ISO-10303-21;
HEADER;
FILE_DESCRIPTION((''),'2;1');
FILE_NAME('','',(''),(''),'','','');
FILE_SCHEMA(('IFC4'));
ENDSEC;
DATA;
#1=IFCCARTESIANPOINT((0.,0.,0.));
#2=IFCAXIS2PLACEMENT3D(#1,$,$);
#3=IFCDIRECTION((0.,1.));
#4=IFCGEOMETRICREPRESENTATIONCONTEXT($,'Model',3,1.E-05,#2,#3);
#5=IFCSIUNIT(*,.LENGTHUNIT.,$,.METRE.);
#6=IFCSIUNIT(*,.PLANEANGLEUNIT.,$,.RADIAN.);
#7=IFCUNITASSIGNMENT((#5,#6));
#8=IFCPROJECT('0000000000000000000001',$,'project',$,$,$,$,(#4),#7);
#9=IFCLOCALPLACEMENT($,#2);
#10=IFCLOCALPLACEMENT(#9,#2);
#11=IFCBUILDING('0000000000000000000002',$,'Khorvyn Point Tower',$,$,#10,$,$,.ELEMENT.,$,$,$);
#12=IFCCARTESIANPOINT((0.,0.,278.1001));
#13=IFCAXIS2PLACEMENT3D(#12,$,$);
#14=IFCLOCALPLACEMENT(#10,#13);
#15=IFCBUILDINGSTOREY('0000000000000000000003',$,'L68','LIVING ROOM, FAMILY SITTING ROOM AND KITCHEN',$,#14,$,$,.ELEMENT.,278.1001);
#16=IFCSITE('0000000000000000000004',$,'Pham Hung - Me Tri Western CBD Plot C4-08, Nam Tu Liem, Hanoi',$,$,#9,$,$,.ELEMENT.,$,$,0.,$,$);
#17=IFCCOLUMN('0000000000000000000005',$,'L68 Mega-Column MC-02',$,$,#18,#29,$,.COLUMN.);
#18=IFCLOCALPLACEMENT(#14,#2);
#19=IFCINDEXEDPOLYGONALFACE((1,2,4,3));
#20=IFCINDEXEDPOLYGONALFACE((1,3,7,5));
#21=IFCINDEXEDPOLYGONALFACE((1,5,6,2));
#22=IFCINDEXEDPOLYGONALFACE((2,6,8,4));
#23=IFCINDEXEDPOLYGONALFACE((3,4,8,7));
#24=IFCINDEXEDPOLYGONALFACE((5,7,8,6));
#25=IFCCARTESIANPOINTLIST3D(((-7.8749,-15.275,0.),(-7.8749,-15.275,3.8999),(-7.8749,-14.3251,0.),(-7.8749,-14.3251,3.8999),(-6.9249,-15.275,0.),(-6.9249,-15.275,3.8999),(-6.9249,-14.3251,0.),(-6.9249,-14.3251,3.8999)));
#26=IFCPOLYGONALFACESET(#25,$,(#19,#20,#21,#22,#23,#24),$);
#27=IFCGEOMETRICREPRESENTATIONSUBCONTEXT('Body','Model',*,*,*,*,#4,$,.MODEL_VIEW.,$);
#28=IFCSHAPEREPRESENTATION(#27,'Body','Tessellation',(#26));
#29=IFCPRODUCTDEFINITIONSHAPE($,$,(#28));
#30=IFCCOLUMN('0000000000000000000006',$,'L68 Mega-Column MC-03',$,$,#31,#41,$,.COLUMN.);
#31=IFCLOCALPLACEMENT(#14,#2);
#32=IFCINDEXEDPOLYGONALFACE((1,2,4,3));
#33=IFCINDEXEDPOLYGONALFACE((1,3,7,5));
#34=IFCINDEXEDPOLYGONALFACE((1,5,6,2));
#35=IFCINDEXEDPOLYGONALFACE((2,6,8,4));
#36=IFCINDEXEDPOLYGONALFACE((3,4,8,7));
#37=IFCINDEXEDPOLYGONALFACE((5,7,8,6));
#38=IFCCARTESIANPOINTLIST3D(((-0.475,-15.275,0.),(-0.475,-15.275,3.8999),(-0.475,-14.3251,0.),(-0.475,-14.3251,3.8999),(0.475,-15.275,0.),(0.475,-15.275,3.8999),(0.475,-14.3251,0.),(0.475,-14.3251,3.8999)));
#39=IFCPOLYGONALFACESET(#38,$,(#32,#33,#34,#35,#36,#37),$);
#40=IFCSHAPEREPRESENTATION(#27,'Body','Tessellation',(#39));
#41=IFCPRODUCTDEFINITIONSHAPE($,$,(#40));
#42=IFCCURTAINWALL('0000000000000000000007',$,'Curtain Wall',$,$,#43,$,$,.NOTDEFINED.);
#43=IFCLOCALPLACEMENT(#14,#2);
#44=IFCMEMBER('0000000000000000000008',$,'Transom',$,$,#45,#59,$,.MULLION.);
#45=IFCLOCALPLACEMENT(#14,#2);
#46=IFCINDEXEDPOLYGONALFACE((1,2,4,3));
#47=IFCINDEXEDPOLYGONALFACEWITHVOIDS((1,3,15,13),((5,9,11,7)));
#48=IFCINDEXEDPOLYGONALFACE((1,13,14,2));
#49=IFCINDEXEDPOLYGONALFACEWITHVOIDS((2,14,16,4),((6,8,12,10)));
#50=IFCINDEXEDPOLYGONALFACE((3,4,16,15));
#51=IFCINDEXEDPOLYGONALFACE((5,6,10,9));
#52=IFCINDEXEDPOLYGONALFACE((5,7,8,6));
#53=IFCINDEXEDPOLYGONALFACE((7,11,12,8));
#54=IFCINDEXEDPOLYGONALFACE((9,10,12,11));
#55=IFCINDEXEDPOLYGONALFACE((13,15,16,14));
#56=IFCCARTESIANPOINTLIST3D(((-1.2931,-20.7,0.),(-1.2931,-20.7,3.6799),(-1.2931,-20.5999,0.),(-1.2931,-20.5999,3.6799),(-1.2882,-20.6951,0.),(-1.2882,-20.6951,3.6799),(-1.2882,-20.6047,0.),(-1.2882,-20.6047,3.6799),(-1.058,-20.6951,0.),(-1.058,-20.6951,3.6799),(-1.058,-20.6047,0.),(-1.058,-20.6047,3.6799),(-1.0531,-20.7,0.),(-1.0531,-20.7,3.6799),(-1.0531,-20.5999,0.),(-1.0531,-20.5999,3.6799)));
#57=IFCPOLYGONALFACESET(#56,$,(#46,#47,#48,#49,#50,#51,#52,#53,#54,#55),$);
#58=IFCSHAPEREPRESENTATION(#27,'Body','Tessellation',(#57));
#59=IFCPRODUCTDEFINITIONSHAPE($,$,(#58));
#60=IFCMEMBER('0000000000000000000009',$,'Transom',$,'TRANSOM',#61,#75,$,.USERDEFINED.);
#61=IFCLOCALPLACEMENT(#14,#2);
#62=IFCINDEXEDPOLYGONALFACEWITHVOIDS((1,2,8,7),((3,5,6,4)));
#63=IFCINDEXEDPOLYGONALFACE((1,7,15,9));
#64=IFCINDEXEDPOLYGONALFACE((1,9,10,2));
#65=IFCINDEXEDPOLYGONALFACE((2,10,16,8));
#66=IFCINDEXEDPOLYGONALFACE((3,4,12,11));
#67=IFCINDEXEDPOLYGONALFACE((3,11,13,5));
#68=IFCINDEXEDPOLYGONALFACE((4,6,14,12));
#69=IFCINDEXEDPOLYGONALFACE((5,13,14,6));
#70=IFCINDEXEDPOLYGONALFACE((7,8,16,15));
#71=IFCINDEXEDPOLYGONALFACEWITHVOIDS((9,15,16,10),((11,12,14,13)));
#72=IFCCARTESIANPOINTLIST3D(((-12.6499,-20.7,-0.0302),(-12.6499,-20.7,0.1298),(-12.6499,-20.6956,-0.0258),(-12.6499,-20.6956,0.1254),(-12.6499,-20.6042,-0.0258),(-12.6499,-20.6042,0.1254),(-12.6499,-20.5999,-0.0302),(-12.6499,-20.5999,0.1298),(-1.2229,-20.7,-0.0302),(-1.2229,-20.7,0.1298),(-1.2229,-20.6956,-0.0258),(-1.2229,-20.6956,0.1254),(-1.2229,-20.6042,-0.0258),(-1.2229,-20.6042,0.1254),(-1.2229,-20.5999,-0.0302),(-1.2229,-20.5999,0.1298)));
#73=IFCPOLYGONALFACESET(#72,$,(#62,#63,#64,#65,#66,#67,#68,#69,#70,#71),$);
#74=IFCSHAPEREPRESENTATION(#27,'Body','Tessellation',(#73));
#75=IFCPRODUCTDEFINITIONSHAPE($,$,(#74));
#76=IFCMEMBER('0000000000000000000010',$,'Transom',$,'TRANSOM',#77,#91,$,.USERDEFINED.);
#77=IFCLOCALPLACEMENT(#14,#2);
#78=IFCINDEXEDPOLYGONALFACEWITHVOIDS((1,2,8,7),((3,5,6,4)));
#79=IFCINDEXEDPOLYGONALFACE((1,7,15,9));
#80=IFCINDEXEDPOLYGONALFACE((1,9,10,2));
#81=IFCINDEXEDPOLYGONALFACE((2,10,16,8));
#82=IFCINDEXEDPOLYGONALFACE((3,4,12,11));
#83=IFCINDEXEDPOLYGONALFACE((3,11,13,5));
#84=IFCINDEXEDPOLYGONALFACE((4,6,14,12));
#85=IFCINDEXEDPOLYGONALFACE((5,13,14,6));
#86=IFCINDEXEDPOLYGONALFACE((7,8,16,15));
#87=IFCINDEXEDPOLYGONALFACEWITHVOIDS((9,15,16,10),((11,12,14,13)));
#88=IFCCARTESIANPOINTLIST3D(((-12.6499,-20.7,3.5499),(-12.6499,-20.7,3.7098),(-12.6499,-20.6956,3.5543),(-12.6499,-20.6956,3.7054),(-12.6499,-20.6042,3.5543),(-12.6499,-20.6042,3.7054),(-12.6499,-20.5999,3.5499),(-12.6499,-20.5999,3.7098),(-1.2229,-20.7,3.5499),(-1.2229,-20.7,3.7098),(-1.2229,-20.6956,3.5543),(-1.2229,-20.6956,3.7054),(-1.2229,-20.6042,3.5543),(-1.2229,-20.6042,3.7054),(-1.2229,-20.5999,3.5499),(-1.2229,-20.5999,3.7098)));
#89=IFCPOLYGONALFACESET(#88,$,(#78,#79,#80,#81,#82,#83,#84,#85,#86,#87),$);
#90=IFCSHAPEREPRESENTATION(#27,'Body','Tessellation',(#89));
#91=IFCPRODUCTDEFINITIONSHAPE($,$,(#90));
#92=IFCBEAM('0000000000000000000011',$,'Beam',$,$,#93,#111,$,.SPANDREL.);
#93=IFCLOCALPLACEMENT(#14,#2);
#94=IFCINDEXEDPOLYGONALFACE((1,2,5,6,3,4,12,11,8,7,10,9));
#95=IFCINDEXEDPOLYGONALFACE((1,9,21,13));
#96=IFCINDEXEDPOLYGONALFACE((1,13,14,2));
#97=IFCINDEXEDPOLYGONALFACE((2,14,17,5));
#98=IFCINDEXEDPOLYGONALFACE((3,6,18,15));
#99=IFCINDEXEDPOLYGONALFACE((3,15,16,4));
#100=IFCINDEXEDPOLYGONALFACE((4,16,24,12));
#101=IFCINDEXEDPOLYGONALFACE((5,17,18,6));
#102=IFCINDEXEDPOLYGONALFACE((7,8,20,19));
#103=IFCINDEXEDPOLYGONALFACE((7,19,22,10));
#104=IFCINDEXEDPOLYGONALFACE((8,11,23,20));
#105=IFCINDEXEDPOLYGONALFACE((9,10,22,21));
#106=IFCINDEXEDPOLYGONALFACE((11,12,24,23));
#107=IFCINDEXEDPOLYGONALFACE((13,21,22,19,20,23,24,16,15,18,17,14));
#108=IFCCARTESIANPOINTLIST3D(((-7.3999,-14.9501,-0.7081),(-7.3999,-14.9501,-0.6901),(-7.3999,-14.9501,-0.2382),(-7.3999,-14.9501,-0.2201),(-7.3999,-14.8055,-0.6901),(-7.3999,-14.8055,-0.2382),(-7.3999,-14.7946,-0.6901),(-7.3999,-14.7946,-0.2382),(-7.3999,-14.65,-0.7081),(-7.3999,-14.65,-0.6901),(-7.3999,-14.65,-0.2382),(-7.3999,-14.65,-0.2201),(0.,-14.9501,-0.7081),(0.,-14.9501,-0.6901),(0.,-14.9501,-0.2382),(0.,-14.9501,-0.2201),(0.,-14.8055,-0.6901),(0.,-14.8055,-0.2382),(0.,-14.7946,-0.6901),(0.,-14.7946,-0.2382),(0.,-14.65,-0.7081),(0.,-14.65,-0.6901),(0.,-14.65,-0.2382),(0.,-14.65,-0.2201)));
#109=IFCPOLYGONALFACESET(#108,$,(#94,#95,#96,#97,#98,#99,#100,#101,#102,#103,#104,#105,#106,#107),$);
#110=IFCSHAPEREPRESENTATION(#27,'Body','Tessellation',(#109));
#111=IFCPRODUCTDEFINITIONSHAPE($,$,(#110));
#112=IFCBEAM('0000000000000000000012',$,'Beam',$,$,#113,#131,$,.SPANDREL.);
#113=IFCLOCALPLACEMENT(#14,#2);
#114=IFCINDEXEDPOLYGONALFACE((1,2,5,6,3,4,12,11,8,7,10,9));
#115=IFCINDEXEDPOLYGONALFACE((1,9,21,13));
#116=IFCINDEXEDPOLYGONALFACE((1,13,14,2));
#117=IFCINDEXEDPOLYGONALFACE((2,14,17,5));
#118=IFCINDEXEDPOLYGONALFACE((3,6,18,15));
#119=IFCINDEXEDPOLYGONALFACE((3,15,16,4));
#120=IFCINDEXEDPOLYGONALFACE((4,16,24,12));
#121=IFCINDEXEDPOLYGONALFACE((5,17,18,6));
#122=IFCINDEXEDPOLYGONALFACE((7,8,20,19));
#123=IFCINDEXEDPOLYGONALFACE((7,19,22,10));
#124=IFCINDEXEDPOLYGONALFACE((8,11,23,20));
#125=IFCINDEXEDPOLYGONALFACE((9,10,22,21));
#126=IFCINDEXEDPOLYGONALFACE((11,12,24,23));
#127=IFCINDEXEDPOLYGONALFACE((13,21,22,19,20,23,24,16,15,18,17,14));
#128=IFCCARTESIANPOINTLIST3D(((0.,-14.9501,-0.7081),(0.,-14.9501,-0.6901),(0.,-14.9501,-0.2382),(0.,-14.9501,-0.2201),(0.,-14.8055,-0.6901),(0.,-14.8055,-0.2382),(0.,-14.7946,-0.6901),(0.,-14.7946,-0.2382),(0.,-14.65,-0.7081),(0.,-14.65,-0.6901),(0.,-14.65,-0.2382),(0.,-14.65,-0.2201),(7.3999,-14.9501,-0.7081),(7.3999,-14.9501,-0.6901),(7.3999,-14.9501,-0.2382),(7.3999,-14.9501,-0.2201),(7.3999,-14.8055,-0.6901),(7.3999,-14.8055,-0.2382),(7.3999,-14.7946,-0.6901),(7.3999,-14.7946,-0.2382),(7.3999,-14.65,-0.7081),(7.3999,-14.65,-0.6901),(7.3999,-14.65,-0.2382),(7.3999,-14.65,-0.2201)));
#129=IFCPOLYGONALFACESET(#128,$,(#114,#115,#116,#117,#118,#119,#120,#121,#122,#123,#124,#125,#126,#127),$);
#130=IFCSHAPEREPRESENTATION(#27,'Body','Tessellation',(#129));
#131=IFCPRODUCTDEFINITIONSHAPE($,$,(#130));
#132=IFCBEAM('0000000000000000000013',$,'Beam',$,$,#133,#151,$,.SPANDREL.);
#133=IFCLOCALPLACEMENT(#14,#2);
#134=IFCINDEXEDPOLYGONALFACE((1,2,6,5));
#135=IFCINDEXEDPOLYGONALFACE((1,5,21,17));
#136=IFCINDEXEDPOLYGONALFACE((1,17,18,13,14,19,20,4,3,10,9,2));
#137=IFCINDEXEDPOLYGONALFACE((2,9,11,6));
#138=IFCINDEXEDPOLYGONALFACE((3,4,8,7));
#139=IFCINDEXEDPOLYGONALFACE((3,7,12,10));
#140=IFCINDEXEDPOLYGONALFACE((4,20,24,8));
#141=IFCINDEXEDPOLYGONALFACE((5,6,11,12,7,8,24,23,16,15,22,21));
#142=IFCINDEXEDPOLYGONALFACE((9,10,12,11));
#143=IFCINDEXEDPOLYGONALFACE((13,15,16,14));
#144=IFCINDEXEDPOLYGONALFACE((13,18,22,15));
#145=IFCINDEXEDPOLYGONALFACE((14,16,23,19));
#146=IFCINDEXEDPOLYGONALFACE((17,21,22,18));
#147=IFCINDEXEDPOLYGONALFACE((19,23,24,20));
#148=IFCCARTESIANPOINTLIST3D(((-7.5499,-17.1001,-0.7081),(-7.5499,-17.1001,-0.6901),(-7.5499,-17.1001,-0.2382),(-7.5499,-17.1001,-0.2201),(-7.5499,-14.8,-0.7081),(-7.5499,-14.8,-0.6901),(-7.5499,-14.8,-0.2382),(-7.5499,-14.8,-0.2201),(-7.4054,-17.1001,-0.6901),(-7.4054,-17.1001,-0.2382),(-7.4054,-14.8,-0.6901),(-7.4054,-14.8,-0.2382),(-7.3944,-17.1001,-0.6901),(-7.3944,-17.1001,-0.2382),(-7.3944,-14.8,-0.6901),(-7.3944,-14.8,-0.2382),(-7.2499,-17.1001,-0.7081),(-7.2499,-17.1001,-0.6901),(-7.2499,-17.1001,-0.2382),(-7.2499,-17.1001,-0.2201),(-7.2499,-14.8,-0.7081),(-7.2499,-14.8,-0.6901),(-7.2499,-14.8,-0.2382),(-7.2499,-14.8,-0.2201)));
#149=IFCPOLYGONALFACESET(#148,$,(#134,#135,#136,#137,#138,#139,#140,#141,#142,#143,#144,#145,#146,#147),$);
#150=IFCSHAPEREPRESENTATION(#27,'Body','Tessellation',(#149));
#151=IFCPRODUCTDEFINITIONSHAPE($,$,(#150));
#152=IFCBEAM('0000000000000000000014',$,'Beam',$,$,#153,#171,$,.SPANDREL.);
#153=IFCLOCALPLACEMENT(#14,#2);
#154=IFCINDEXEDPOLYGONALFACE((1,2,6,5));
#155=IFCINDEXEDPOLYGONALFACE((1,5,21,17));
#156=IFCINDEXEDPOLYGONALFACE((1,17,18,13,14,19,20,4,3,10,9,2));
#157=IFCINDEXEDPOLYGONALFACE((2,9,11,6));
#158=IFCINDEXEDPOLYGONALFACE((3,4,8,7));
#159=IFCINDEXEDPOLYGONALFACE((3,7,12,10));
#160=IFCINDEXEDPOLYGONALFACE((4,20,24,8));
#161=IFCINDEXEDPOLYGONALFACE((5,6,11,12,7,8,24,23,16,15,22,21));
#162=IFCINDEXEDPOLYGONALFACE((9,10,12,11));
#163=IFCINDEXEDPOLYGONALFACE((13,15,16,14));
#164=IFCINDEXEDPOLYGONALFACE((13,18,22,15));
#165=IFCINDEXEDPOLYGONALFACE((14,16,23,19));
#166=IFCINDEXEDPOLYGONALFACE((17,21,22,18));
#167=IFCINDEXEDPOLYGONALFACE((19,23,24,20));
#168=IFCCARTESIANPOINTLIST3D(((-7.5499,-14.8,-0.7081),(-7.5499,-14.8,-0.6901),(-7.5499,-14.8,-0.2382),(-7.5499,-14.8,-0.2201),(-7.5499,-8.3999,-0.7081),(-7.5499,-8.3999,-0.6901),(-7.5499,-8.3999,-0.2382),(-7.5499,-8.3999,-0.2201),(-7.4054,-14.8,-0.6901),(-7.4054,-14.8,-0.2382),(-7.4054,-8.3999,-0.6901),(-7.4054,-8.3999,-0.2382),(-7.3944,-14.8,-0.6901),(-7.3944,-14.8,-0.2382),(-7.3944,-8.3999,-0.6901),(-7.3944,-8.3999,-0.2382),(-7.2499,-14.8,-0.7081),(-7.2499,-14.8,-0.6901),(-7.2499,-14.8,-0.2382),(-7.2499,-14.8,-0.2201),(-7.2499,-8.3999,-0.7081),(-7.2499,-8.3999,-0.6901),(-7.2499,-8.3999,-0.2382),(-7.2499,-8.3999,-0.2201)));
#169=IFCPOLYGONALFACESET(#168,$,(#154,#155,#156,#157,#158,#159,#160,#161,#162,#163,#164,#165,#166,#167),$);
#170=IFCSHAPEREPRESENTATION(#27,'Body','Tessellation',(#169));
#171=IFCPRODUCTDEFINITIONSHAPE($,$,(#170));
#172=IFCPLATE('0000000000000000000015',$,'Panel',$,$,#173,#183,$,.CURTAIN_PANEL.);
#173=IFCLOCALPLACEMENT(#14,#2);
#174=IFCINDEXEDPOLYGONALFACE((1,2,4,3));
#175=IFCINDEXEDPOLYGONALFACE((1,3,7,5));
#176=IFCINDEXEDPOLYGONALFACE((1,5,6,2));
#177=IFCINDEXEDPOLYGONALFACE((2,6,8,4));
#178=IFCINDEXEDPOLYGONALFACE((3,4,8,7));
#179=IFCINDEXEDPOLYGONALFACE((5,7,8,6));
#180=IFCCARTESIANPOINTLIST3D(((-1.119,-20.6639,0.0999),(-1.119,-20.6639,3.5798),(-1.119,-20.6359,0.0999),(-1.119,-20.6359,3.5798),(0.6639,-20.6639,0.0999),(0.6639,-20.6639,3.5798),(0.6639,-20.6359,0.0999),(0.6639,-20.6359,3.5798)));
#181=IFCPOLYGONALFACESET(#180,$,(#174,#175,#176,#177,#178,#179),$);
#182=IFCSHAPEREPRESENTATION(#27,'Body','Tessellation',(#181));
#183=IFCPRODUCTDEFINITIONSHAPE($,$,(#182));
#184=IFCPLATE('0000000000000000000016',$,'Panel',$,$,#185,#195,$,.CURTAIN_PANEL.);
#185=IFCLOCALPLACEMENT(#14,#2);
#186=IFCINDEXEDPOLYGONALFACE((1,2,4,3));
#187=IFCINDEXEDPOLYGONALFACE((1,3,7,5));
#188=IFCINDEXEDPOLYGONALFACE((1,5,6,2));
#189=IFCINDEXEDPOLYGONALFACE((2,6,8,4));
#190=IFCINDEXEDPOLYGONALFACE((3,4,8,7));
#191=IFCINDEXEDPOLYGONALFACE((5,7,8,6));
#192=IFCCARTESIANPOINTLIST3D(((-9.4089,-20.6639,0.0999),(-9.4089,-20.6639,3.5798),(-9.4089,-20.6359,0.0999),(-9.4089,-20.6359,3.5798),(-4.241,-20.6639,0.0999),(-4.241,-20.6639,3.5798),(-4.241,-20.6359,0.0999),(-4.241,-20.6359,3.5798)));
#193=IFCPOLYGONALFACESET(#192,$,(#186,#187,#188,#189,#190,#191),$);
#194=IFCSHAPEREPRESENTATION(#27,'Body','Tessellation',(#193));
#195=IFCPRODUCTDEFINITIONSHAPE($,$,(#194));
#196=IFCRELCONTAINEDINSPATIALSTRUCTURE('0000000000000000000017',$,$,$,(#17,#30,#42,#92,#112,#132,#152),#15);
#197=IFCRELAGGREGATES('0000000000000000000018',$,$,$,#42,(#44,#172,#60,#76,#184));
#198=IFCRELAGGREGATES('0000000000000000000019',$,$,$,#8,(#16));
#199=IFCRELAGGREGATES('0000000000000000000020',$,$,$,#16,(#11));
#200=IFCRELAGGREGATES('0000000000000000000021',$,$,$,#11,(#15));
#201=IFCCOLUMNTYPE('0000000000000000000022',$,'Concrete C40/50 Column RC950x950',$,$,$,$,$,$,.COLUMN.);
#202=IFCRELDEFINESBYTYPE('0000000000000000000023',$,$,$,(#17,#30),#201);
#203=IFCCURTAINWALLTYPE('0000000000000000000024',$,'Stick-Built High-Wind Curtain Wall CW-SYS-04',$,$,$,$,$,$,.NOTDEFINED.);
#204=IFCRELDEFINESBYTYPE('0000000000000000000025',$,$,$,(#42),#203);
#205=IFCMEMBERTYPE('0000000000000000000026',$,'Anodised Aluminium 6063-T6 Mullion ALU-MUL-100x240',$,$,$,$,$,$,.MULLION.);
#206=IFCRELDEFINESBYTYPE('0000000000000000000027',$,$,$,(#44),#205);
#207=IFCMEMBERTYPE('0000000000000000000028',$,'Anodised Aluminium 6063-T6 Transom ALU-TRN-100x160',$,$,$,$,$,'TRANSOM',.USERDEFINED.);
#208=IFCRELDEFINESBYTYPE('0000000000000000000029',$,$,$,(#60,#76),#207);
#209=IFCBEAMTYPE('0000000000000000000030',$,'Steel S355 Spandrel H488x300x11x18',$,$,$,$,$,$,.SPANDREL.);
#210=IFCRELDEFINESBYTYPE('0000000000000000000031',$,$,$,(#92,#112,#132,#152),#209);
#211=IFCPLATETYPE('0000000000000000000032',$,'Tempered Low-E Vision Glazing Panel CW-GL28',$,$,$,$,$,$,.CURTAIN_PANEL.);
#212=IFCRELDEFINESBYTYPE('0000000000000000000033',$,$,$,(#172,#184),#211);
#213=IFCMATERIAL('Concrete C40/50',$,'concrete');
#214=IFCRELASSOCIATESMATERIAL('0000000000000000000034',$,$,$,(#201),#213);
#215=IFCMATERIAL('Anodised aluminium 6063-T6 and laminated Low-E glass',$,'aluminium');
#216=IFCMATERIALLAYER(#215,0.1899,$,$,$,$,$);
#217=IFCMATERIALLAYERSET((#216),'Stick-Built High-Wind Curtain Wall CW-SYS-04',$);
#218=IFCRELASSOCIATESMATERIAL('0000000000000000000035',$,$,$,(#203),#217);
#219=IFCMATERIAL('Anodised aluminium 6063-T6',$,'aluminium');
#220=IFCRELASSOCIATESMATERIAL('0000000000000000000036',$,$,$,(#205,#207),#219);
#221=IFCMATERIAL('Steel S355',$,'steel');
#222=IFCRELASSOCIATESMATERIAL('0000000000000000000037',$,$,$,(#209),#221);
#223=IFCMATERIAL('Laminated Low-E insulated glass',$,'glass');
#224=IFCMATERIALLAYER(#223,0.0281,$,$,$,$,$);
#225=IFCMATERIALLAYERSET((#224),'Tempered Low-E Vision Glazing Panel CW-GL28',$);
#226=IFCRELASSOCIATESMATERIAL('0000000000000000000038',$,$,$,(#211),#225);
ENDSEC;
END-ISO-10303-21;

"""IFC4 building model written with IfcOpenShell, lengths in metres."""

from ifc_helpers import new_model, si_unit, direction, frame, origin, origin_2d, place, context, subcontext, project, spatial, rectangle, hollow_rectangle, i_section, extrude, material, layer, layer_set, material_profile, profile_set, type_object, element, aggregate, save


model = new_model("IFC4")

# Units and contexts
model_context = context("Model", 3, precision=1e-05, world=origin(), true_north=direction((0.0, 1.0)))
body_context = subcontext(model_context, "Body", "Model", "MODEL_VIEW")
ifc_project = project(units=[si_unit("LENGTHUNIT", "METRE"), si_unit("PLANEANGLEUNIT", "RADIAN")], contexts=[model_context])

# Site, building, storey
site_placement = place(None, origin())
site = spatial("IfcSite", under=ifc_project, at=site_placement, Name="Pham Hung - Me Tri Western CBD Plot C4-08, Nam Tu Liem, Hanoi", CompositionType="ELEMENT", RefElevation=0.0)
building_placement = place(site_placement, origin())
building = spatial("IfcBuilding", under=site, at=building_placement, Name="Khorvyn Point Tower", CompositionType="ELEMENT")
storey_placement = place(building_placement, frame((0.0, 0.0, 278.1001)))
storey = spatial("IfcBuildingStorey", under=building, at=storey_placement, Name="L68", Description="LIVING ROOM, FAMILY SITTING ROOM AND KITCHEN", CompositionType="ELEMENT", Elevation=278.1001)

# Columns
ifc_material_1 = material(Name="Concrete C40/50", Category="concrete")
ifc_material_profile_1 = material_profile(ifc_material_1, rectangle(XDim=0.95, YDim=0.95, at=origin_2d()))
ifc_profile_set_1 = profile_set([ifc_material_profile_1], Name="Concrete C40/50 RC950x950")
column_type = type_object("IfcColumnType", Name="Concrete C40/50 Column RC950x950", PredefinedType="COLUMN", material=ifc_profile_set_1)
for number, where, z_axis, x_axis, name in (
    (1, (-7.3999, -14.8, 0.0), (0.0, 0.0, 1.0), (1.0, 0.0, 0.0), "L68 Mega-Column MC-02"),
    (2, (0.0, -14.8, 0.0), (0.0, 0.0, 1.0), (1.0, 0.0, 0.0), "L68 Mega-Column MC-03"),
):
    element("IfcColumn", number, at=place(storey_placement, frame(where, z_axis=z_axis, x_axis=x_axis)), inside=storey, type_object=column_type, Name=name, PredefinedType="COLUMN", context=body_context, shape_type="SweptSolid", body=[
        extrude(rectangle(XDim=0.95, YDim=0.95, at=origin_2d()), origin(), (0.0, 0.0, 1.0), 3.8999),
    ])

# Curtain wall, members
ifc_material_2 = material(Name="Anodised aluminium 6063-T6 and laminated Low-E glass", Category="aluminium")
ifc_layer_1 = layer(ifc_material_2, 0.1899)
ifc_layer_set_1 = layer_set([ifc_layer_1], Name="Stick-Built High-Wind Curtain Wall CW-SYS-04")
curtain_wall_type = type_object("IfcCurtainWallType", Name="Stick-Built High-Wind Curtain Wall CW-SYS-04", PredefinedType="NOTDEFINED", material=ifc_layer_set_1)
curtain_wall_placement = place(storey_placement, origin())
curtain_wall = element("IfcCurtainWall", 3, at=curtain_wall_placement, inside=storey, type_object=curtain_wall_type, Name="Curtain Wall", PredefinedType="NOTDEFINED")
ifc_material_3 = material(Name="Anodised aluminium 6063-T6", Category="aluminium")
ifc_material_profile_2 = material_profile(ifc_material_3, hollow_rectangle(XDim=0.1001, YDim=0.24, WallThickness=0.0049, at=origin_2d()))
ifc_profile_set_2 = profile_set([ifc_material_profile_2], Name="Anodised aluminium 6063-T6 ALU-MUL-100x240")
member_type_1 = type_object("IfcMemberType", Name="Anodised Aluminium 6063-T6 Mullion ALU-MUL-100x240", PredefinedType="MULLION", material=ifc_profile_set_2)
member_1_placement = place(storey_placement, frame((-1.1731, -20.6499, 0.0), z_axis=(0.0, 0.0, 1.0), x_axis=(0.0, -1.0, 0.0)))
member_1 = element("IfcMember", 4, at=member_1_placement, type_object=member_type_1, Name="Transom", PredefinedType="MULLION", context=body_context, shape_type="SweptSolid", body=[
    extrude(hollow_rectangle(XDim=0.1001, YDim=0.24, WallThickness=0.0049, at=origin_2d()), origin(), (0.0, 0.0, 1.0), 3.6799),
])
ifc_material_profile_3 = material_profile(ifc_material_3, hollow_rectangle(XDim=0.1001, YDim=0.1599, WallThickness=0.0044, at=origin_2d()))
ifc_profile_set_3 = profile_set([ifc_material_profile_3], Name="Anodised aluminium 6063-T6 ALU-TRN-100x160")
member_type_2 = type_object("IfcMemberType", Name="Anodised Aluminium 6063-T6 Transom ALU-TRN-100x160", ElementType="TRANSOM", PredefinedType="USERDEFINED", material=ifc_profile_set_3)
member_2_placement = place(storey_placement, frame((-1.2229, -20.6499, 0.0498), z_axis=(-1.0, 0.0, 0.0), x_axis=(0.0, -1.0, 0.0)))
member_2 = element("IfcMember", 5, at=member_2_placement, type_object=member_type_2, Name="Transom", ObjectType="TRANSOM", PredefinedType="USERDEFINED", context=body_context, shape_type="SweptSolid", body=[
    extrude(hollow_rectangle(XDim=0.1001, YDim=0.1599, WallThickness=0.0044, at=origin_2d()), origin(), (0.0, 0.0, 1.0), 11.427),
])
member_3_placement = place(storey_placement, frame((-1.2229, -20.6499, 3.6299), z_axis=(-1.0, 0.0, 0.0), x_axis=(0.0, -1.0, 0.0)))
member_3 = element("IfcMember", 6, at=member_3_placement, type_object=member_type_2, Name="Transom", ObjectType="TRANSOM", PredefinedType="USERDEFINED", context=body_context, shape_type="SweptSolid", body=[
    extrude(hollow_rectangle(XDim=0.1001, YDim=0.1599, WallThickness=0.0044, at=origin_2d()), origin(), (0.0, 0.0, 1.0), 11.427),
])

# Beams
ifc_material_4 = material(Name="Steel S355", Category="steel")
ifc_material_profile_4 = material_profile(ifc_material_4, i_section(OverallWidth=0.3, OverallDepth=0.488, WebThickness=0.011, FlangeThickness=0.0181, at=origin_2d()))
ifc_profile_set_4 = profile_set([ifc_material_profile_4], Name="Steel S355 H488x300x11x18")
beam_type = type_object("IfcBeamType", Name="Steel S355 Spandrel H488x300x11x18", PredefinedType="SPANDREL", material=ifc_profile_set_4)
for number, where, z_axis, x_axis, name in (
    (7, (-7.3999, -14.8, -0.4641), (1.0, 0.0, 0.0), (0.0, 1.0, 0.0), "Beam"),
    (8, (0.0, -14.8, -0.4641), (1.0, 0.0, 0.0), (0.0, 1.0, 0.0), "Beam"),
):
    element("IfcBeam", number, at=place(storey_placement, frame(where, z_axis=z_axis, x_axis=x_axis)), inside=storey, type_object=beam_type, Name=name, PredefinedType="SPANDREL", context=body_context, shape_type="SweptSolid", body=[
        extrude(i_section(OverallWidth=0.3, OverallDepth=0.488, WebThickness=0.011, FlangeThickness=0.0181, at=origin_2d()), origin(), (0.0, 0.0, 1.0), 7.3999),
    ])
beam_1_placement = place(storey_placement, frame((-7.3999, -17.1001, -0.4641), z_axis=(0.0, 1.0, 0.0), x_axis=(-1.0, 0.0, 0.0)))
element("IfcBeam", 9, at=beam_1_placement, inside=storey, type_object=beam_type, Name="Beam", PredefinedType="SPANDREL", context=body_context, shape_type="SweptSolid", body=[
    extrude(i_section(OverallWidth=0.3, OverallDepth=0.488, WebThickness=0.011, FlangeThickness=0.0181, at=origin_2d()), origin(), (0.0, 0.0, 1.0), 2.3),
])
beam_2_placement = place(storey_placement, frame((-7.3999, -14.8, -0.4641), z_axis=(0.0, 1.0, 0.0), x_axis=(-1.0, 0.0, 0.0)))
element("IfcBeam", 10, at=beam_2_placement, inside=storey, type_object=beam_type, Name="Beam", PredefinedType="SPANDREL", context=body_context, shape_type="SweptSolid", body=[
    extrude(i_section(OverallWidth=0.3, OverallDepth=0.488, WebThickness=0.011, FlangeThickness=0.0181, at=origin_2d()), origin(), (0.0, 0.0, 1.0), 6.4001),
])

# Plates
ifc_material_5 = material(Name="Laminated Low-E insulated glass", Category="glass")
ifc_layer_2 = layer(ifc_material_5, 0.0281)
ifc_layer_set_2 = layer_set([ifc_layer_2], Name="Tempered Low-E Vision Glazing Panel CW-GL28")
plate_type = type_object("IfcPlateType", Name="Tempered Low-E Vision Glazing Panel CW-GL28", PredefinedType="CURTAIN_PANEL", material=ifc_layer_set_2)
plate_1_placement = place(storey_placement, frame((-0.2275, -20.6499, 0.0999), z_axis=(0.0, 0.0, 1.0), x_axis=(-1.0, 0.0, 0.0)))
plate_1 = element("IfcPlate", 11, at=plate_1_placement, type_object=plate_type, Name="Panel", PredefinedType="CURTAIN_PANEL", context=body_context, shape_type="SweptSolid", body=[
    extrude(rectangle(XDim=1.783, YDim=0.0281, at=origin_2d()), origin(), (0.0, 0.0, 1.0), 3.48),
])
plate_2_placement = place(storey_placement, frame((-6.825, -20.6499, 0.0999), z_axis=(0.0, 0.0, 1.0), x_axis=(-1.0, 0.0, 0.0)))
plate_2 = element("IfcPlate", 12, at=plate_2_placement, type_object=plate_type, Name="Panel", PredefinedType="CURTAIN_PANEL", context=body_context, shape_type="SweptSolid", body=[
    extrude(rectangle(XDim=5.168, YDim=0.0281, at=origin_2d()), origin(), (0.0, 0.0, 1.0), 3.48),
])
aggregate(curtain_wall, [member_1, plate_1, member_2, member_3, plate_2])

save(model, "model.ifc")
